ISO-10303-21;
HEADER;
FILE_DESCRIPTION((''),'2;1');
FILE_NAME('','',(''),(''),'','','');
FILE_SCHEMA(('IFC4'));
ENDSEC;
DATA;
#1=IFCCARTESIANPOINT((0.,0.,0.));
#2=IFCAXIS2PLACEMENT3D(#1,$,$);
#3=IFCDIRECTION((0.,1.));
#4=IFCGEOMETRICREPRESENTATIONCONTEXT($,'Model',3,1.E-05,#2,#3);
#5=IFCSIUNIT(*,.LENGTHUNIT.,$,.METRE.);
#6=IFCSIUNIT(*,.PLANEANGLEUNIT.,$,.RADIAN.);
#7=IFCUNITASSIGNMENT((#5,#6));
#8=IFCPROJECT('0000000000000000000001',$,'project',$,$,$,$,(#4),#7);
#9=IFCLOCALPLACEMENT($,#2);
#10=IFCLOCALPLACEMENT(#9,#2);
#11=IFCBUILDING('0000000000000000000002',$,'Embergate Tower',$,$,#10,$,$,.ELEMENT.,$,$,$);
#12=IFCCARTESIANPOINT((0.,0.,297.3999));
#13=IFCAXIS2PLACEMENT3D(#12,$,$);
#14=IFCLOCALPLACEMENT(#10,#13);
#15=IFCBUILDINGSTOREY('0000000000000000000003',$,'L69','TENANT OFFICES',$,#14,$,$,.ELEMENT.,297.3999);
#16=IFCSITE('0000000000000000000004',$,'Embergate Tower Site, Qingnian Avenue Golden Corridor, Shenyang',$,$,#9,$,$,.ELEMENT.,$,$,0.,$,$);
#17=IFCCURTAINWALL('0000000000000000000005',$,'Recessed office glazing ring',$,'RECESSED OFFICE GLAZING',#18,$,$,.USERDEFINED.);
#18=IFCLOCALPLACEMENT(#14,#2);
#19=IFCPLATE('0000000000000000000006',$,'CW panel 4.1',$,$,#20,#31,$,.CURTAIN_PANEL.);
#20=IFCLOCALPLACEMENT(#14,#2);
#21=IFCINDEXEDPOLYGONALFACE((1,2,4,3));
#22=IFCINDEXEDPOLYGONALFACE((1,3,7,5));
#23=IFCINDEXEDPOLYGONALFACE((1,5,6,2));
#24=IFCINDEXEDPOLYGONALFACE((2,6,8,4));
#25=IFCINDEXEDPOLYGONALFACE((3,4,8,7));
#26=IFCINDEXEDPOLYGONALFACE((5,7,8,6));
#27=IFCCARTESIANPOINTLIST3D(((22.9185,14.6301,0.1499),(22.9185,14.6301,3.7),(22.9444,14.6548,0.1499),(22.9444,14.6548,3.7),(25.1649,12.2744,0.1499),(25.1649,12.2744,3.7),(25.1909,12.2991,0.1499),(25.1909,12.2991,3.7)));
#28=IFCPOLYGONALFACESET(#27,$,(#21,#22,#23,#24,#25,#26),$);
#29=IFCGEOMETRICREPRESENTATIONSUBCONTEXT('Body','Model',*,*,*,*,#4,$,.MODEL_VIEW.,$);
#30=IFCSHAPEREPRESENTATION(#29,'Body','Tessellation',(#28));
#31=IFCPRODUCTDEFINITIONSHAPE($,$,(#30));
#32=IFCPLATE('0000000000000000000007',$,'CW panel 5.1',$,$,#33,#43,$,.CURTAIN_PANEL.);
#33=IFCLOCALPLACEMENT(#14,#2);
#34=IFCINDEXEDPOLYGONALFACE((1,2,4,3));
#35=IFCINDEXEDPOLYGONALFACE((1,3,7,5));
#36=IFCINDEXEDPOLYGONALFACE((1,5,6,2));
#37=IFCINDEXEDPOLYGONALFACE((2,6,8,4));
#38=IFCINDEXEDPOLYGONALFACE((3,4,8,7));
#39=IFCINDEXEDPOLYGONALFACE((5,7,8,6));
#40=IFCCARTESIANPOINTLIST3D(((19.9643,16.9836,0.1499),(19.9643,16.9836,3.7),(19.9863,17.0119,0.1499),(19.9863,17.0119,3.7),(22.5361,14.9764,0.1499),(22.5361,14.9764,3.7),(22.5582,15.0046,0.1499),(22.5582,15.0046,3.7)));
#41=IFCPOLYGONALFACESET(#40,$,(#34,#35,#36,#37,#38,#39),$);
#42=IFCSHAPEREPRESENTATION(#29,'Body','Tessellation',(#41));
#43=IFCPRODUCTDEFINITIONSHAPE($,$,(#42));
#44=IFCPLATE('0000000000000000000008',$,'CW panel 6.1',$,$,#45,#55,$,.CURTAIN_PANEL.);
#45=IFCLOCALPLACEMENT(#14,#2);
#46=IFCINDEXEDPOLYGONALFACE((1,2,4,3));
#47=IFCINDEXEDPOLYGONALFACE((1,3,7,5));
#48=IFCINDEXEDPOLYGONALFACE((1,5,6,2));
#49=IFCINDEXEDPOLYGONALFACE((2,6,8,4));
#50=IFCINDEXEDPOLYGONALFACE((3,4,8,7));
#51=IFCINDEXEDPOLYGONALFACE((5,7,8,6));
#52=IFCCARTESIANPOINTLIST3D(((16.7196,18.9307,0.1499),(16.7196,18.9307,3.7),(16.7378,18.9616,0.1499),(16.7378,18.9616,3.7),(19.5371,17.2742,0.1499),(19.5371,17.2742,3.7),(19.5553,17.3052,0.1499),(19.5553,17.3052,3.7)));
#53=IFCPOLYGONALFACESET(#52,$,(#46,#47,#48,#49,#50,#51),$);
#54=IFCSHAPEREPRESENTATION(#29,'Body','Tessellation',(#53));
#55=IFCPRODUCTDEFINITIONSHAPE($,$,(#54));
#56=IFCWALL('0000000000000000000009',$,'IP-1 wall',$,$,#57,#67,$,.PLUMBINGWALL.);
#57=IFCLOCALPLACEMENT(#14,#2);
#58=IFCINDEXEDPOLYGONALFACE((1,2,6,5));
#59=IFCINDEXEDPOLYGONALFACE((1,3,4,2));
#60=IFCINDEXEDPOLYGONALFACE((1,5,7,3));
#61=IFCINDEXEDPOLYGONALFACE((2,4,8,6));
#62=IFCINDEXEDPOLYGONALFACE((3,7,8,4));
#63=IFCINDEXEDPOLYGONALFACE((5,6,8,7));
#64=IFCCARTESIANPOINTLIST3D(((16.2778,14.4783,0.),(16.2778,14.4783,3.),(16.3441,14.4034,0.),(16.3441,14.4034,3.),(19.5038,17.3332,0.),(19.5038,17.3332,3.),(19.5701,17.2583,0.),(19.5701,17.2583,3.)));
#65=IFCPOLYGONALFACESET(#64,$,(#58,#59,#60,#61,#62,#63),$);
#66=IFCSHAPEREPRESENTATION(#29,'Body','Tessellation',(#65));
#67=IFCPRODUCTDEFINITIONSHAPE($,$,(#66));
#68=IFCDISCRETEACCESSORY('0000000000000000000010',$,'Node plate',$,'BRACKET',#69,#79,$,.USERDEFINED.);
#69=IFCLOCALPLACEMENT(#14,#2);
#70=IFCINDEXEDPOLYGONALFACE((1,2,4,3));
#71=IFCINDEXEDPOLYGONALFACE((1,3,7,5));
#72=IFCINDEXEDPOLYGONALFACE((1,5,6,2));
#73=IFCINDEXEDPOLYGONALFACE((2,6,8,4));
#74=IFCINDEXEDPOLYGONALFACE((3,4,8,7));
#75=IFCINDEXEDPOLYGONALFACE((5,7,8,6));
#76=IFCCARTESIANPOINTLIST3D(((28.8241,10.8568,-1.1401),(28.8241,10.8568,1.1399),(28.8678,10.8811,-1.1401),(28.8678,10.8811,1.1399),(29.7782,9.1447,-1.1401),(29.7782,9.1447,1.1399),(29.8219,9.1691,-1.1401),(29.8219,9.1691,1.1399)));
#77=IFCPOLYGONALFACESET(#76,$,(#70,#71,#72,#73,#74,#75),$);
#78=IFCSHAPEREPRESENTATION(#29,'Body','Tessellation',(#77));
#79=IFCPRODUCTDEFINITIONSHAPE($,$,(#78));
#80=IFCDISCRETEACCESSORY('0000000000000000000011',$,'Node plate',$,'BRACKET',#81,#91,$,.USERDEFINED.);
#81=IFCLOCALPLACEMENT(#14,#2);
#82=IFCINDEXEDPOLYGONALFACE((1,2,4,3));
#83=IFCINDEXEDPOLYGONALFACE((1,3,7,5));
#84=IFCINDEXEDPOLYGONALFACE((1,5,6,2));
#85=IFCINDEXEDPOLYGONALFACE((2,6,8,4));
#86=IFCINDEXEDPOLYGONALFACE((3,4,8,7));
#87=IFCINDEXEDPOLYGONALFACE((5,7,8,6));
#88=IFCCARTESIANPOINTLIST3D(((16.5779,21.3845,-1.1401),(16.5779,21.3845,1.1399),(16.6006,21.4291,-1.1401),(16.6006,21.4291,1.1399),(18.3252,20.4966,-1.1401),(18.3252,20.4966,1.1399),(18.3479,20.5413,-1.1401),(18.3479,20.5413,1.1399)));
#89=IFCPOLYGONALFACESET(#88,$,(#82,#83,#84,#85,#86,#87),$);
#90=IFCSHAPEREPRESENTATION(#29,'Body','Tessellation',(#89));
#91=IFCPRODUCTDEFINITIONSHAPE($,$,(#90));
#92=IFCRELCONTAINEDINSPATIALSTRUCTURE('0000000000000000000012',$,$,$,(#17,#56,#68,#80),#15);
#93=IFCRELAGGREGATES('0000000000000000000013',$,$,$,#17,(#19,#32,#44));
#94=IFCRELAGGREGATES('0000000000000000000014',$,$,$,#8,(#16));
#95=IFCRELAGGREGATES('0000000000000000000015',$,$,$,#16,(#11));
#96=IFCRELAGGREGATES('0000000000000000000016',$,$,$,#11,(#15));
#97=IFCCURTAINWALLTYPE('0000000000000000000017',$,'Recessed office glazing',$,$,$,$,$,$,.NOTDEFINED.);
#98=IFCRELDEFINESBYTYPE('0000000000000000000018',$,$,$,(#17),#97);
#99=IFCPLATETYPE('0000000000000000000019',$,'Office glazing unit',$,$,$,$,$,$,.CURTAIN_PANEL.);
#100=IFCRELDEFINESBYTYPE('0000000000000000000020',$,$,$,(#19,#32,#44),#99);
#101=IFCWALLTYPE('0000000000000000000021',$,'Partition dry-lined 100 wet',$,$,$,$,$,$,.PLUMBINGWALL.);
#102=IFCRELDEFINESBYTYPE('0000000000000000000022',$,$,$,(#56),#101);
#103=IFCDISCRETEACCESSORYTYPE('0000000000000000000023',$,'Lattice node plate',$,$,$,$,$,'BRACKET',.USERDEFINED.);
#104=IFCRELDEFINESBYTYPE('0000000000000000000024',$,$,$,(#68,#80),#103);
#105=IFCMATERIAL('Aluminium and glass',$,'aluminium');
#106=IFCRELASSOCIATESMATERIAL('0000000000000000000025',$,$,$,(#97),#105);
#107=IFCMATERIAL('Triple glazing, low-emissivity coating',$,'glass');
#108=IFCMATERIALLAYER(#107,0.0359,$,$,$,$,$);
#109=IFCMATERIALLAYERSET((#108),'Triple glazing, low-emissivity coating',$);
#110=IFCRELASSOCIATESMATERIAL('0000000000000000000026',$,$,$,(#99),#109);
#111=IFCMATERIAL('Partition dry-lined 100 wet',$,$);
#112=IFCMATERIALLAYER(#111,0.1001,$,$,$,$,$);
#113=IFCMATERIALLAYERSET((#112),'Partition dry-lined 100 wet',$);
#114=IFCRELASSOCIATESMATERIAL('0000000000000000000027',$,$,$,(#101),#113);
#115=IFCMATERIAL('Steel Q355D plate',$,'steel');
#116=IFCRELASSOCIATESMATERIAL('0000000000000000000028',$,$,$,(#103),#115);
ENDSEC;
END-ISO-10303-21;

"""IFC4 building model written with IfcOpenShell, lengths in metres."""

from ifc_helpers import new_model, si_unit, direction, frame, frame_2d, origin, origin_2d, place, context, subcontext, project, spatial, rectangle, extrude, source, transform, mapped, material, layer, layer_set, type_object, element, aggregate, save


model = new_model("IFC4")

# Units and contexts
model_context = context("Model", 3, precision=1e-05, world=origin(), true_north=direction((0.0, 1.0)))
body_context = subcontext(model_context, "Body", "Model", "MODEL_VIEW")
ifc_project = project(units=[si_unit("LENGTHUNIT", "METRE"), si_unit("PLANEANGLEUNIT", "RADIAN")], contexts=[model_context])

# Site, building, storey
site_placement = place(None, origin())
site = spatial("IfcSite", under=ifc_project, at=site_placement, Name="Embergate Tower Site, Qingnian Avenue Golden Corridor, Shenyang", CompositionType="ELEMENT", RefElevation=0.0)
building_placement = place(site_placement, origin())
building = spatial("IfcBuilding", under=site, at=building_placement, Name="Embergate Tower", CompositionType="ELEMENT")
storey_placement = place(building_placement, frame((0.0, 0.0, 297.3999)))
storey = spatial("IfcBuildingStorey", under=building, at=storey_placement, Name="L69", Description="TENANT OFFICES", CompositionType="ELEMENT", Elevation=297.3999)

# Curtain wall, plates
ifc_material_1 = material(Name="Aluminium and glass", Category="aluminium")
curtain_wall_type = type_object("IfcCurtainWallType", Name="Recessed office glazing", PredefinedType="NOTDEFINED", material=ifc_material_1)
curtain_wall_placement = place(storey_placement, origin())
curtain_wall = element("IfcCurtainWall", 1, at=curtain_wall_placement, inside=storey, type_object=curtain_wall_type, Name="Recessed office glazing ring", ObjectType="RECESSED OFFICE GLAZING", PredefinedType="USERDEFINED")
ifc_material_2 = material(Name="Triple glazing, low-emissivity coating", Category="glass")
ifc_layer_1 = layer(ifc_material_2, 0.0359)
ifc_layer_set_1 = layer_set([ifc_layer_1], Name="Triple glazing, low-emissivity coating")
plate_type = type_object("IfcPlateType", Name="Office glazing unit", PredefinedType="CURTAIN_PANEL", material=ifc_layer_set_1)
shared_shape_1 = source(origin(), body_context, "Body", "SweptSolid", [
    extrude(rectangle(XDim=3.2551, YDim=0.0359, at=origin_2d()), origin(), (0.0, 0.0, 1.0), 3.55),
])
plate_1_placement = place(storey_placement, frame((24.0547, 13.4646, 0.1499), z_axis=(0.0, 0.0, 1.0), x_axis=(-0.690134, 0.723682, 0.0)))
plate_1 = element("IfcPlate", 2, at=plate_1_placement, type_object=plate_type, Name="CW panel 4.1", PredefinedType="CURTAIN_PANEL", context=body_context, shape_type="MappedRepresentation", body=[
    mapped(shared_shape_1, transform((0.0, 0.0, 0.0))),
])
shared_shape_2 = source(origin(), body_context, "Body", "SweptSolid", [
    extrude(rectangle(XDim=3.2625, YDim=0.0359, at=origin_2d()), origin(), (0.0, 0.0, 1.0), 3.55),
])
plate_2_placement = place(storey_placement, frame((21.2612, 15.9941, 0.1499), z_axis=(0.0, 0.0, 1.0), x_axis=(-0.788318, 0.615268, 0.0)))
plate_2 = element("IfcPlate", 3, at=plate_2_placement, type_object=plate_type, Name="CW panel 5.1", PredefinedType="CURTAIN_PANEL", context=body_context, shape_type="MappedRepresentation", body=[
    mapped(shared_shape_2, transform((0.0, 0.0, 0.0))),
])
shared_shape_3 = source(origin(), body_context, "Body", "SweptSolid", [
    extrude(rectangle(XDim=3.2683, YDim=0.0359, at=origin_2d()), origin(), (0.0, 0.0, 1.0), 3.55),
])
plate_3_placement = place(storey_placement, frame((18.1375, 18.1179, 0.1499), z_axis=(0.0, 0.0, 1.0), x_axis=(-0.862051, 0.506821, 0.0)))
plate_3 = element("IfcPlate", 4, at=plate_3_placement, type_object=plate_type, Name="CW panel 6.1", PredefinedType="CURTAIN_PANEL", context=body_context, shape_type="MappedRepresentation", body=[
    mapped(shared_shape_3, transform((0.0, 0.0, 0.0))),
])
aggregate(curtain_wall, [plate_1, plate_2, plate_3])

# Wall
ifc_material_3 = material(Name="Partition dry-lined 100 wet")
ifc_layer_2 = layer(ifc_material_3, 0.1001)
ifc_layer_set_2 = layer_set([ifc_layer_2], Name="Partition dry-lined 100 wet")
wall_type = type_object("IfcWallType", Name="Partition dry-lined 100 wet", PredefinedType="PLUMBINGWALL", material=ifc_layer_set_2)
shared_shape_4 = source(origin(), body_context, "Body", "SweptSolid", [
    extrude(rectangle(XDim=4.3079, YDim=0.1001, at=frame_2d((2.1538, 0.0))), origin(), (0.0, 0.0, 1.0), 3.0),
])
wall_placement = place(storey_placement, frame((16.311, 14.4409, 0.0), z_axis=(0.0, 0.0, 1.0), x_axis=(0.748865, 0.662723, 0.0)))
element("IfcWall", 5, at=wall_placement, inside=storey, type_object=wall_type, Name="IP-1 wall", PredefinedType="PLUMBINGWALL", context=body_context, shape_type="MappedRepresentation", body=[
    mapped(shared_shape_4, transform((0.0, 0.0, 0.0))),
])

# Discrete accessories
ifc_material_4 = material(Name="Steel Q355D plate", Category="steel")
discrete_accessory_type = type_object("IfcDiscreteAccessoryType", Name="Lattice node plate", ElementType="BRACKET", PredefinedType="USERDEFINED", material=ifc_material_4)
shared_shape_5 = source(origin(), body_context, "Body", "SweptSolid", [
    extrude(rectangle(XDim=1.96, YDim=0.05, at=origin_2d()), origin(), (0.0, 0.0, 1.0), 2.28),
])
for number, where, z_axis, x_axis, name in (
    (6, (29.323, 10.0129, -1.1401), (0.0, 0.0, 1.0), (-0.486823, 0.8735, 0.0), "Node plate"),
    (7, (17.4629, 20.9629, -1.1401), (0.0, 0.0, 1.0), (-0.891505, 0.453011, 0.0), "Node plate"),
):
    element("IfcDiscreteAccessory", number, at=place(storey_placement, frame(where, z_axis=z_axis, x_axis=x_axis)), inside=storey, type_object=discrete_accessory_type, Name=name, ObjectType="BRACKET", PredefinedType="USERDEFINED", context=body_context, shape_type="MappedRepresentation", body=[
        mapped(shared_shape_5, transform((0.0, 0.0, 0.0))),
    ])

save(model, "model.ifc")
